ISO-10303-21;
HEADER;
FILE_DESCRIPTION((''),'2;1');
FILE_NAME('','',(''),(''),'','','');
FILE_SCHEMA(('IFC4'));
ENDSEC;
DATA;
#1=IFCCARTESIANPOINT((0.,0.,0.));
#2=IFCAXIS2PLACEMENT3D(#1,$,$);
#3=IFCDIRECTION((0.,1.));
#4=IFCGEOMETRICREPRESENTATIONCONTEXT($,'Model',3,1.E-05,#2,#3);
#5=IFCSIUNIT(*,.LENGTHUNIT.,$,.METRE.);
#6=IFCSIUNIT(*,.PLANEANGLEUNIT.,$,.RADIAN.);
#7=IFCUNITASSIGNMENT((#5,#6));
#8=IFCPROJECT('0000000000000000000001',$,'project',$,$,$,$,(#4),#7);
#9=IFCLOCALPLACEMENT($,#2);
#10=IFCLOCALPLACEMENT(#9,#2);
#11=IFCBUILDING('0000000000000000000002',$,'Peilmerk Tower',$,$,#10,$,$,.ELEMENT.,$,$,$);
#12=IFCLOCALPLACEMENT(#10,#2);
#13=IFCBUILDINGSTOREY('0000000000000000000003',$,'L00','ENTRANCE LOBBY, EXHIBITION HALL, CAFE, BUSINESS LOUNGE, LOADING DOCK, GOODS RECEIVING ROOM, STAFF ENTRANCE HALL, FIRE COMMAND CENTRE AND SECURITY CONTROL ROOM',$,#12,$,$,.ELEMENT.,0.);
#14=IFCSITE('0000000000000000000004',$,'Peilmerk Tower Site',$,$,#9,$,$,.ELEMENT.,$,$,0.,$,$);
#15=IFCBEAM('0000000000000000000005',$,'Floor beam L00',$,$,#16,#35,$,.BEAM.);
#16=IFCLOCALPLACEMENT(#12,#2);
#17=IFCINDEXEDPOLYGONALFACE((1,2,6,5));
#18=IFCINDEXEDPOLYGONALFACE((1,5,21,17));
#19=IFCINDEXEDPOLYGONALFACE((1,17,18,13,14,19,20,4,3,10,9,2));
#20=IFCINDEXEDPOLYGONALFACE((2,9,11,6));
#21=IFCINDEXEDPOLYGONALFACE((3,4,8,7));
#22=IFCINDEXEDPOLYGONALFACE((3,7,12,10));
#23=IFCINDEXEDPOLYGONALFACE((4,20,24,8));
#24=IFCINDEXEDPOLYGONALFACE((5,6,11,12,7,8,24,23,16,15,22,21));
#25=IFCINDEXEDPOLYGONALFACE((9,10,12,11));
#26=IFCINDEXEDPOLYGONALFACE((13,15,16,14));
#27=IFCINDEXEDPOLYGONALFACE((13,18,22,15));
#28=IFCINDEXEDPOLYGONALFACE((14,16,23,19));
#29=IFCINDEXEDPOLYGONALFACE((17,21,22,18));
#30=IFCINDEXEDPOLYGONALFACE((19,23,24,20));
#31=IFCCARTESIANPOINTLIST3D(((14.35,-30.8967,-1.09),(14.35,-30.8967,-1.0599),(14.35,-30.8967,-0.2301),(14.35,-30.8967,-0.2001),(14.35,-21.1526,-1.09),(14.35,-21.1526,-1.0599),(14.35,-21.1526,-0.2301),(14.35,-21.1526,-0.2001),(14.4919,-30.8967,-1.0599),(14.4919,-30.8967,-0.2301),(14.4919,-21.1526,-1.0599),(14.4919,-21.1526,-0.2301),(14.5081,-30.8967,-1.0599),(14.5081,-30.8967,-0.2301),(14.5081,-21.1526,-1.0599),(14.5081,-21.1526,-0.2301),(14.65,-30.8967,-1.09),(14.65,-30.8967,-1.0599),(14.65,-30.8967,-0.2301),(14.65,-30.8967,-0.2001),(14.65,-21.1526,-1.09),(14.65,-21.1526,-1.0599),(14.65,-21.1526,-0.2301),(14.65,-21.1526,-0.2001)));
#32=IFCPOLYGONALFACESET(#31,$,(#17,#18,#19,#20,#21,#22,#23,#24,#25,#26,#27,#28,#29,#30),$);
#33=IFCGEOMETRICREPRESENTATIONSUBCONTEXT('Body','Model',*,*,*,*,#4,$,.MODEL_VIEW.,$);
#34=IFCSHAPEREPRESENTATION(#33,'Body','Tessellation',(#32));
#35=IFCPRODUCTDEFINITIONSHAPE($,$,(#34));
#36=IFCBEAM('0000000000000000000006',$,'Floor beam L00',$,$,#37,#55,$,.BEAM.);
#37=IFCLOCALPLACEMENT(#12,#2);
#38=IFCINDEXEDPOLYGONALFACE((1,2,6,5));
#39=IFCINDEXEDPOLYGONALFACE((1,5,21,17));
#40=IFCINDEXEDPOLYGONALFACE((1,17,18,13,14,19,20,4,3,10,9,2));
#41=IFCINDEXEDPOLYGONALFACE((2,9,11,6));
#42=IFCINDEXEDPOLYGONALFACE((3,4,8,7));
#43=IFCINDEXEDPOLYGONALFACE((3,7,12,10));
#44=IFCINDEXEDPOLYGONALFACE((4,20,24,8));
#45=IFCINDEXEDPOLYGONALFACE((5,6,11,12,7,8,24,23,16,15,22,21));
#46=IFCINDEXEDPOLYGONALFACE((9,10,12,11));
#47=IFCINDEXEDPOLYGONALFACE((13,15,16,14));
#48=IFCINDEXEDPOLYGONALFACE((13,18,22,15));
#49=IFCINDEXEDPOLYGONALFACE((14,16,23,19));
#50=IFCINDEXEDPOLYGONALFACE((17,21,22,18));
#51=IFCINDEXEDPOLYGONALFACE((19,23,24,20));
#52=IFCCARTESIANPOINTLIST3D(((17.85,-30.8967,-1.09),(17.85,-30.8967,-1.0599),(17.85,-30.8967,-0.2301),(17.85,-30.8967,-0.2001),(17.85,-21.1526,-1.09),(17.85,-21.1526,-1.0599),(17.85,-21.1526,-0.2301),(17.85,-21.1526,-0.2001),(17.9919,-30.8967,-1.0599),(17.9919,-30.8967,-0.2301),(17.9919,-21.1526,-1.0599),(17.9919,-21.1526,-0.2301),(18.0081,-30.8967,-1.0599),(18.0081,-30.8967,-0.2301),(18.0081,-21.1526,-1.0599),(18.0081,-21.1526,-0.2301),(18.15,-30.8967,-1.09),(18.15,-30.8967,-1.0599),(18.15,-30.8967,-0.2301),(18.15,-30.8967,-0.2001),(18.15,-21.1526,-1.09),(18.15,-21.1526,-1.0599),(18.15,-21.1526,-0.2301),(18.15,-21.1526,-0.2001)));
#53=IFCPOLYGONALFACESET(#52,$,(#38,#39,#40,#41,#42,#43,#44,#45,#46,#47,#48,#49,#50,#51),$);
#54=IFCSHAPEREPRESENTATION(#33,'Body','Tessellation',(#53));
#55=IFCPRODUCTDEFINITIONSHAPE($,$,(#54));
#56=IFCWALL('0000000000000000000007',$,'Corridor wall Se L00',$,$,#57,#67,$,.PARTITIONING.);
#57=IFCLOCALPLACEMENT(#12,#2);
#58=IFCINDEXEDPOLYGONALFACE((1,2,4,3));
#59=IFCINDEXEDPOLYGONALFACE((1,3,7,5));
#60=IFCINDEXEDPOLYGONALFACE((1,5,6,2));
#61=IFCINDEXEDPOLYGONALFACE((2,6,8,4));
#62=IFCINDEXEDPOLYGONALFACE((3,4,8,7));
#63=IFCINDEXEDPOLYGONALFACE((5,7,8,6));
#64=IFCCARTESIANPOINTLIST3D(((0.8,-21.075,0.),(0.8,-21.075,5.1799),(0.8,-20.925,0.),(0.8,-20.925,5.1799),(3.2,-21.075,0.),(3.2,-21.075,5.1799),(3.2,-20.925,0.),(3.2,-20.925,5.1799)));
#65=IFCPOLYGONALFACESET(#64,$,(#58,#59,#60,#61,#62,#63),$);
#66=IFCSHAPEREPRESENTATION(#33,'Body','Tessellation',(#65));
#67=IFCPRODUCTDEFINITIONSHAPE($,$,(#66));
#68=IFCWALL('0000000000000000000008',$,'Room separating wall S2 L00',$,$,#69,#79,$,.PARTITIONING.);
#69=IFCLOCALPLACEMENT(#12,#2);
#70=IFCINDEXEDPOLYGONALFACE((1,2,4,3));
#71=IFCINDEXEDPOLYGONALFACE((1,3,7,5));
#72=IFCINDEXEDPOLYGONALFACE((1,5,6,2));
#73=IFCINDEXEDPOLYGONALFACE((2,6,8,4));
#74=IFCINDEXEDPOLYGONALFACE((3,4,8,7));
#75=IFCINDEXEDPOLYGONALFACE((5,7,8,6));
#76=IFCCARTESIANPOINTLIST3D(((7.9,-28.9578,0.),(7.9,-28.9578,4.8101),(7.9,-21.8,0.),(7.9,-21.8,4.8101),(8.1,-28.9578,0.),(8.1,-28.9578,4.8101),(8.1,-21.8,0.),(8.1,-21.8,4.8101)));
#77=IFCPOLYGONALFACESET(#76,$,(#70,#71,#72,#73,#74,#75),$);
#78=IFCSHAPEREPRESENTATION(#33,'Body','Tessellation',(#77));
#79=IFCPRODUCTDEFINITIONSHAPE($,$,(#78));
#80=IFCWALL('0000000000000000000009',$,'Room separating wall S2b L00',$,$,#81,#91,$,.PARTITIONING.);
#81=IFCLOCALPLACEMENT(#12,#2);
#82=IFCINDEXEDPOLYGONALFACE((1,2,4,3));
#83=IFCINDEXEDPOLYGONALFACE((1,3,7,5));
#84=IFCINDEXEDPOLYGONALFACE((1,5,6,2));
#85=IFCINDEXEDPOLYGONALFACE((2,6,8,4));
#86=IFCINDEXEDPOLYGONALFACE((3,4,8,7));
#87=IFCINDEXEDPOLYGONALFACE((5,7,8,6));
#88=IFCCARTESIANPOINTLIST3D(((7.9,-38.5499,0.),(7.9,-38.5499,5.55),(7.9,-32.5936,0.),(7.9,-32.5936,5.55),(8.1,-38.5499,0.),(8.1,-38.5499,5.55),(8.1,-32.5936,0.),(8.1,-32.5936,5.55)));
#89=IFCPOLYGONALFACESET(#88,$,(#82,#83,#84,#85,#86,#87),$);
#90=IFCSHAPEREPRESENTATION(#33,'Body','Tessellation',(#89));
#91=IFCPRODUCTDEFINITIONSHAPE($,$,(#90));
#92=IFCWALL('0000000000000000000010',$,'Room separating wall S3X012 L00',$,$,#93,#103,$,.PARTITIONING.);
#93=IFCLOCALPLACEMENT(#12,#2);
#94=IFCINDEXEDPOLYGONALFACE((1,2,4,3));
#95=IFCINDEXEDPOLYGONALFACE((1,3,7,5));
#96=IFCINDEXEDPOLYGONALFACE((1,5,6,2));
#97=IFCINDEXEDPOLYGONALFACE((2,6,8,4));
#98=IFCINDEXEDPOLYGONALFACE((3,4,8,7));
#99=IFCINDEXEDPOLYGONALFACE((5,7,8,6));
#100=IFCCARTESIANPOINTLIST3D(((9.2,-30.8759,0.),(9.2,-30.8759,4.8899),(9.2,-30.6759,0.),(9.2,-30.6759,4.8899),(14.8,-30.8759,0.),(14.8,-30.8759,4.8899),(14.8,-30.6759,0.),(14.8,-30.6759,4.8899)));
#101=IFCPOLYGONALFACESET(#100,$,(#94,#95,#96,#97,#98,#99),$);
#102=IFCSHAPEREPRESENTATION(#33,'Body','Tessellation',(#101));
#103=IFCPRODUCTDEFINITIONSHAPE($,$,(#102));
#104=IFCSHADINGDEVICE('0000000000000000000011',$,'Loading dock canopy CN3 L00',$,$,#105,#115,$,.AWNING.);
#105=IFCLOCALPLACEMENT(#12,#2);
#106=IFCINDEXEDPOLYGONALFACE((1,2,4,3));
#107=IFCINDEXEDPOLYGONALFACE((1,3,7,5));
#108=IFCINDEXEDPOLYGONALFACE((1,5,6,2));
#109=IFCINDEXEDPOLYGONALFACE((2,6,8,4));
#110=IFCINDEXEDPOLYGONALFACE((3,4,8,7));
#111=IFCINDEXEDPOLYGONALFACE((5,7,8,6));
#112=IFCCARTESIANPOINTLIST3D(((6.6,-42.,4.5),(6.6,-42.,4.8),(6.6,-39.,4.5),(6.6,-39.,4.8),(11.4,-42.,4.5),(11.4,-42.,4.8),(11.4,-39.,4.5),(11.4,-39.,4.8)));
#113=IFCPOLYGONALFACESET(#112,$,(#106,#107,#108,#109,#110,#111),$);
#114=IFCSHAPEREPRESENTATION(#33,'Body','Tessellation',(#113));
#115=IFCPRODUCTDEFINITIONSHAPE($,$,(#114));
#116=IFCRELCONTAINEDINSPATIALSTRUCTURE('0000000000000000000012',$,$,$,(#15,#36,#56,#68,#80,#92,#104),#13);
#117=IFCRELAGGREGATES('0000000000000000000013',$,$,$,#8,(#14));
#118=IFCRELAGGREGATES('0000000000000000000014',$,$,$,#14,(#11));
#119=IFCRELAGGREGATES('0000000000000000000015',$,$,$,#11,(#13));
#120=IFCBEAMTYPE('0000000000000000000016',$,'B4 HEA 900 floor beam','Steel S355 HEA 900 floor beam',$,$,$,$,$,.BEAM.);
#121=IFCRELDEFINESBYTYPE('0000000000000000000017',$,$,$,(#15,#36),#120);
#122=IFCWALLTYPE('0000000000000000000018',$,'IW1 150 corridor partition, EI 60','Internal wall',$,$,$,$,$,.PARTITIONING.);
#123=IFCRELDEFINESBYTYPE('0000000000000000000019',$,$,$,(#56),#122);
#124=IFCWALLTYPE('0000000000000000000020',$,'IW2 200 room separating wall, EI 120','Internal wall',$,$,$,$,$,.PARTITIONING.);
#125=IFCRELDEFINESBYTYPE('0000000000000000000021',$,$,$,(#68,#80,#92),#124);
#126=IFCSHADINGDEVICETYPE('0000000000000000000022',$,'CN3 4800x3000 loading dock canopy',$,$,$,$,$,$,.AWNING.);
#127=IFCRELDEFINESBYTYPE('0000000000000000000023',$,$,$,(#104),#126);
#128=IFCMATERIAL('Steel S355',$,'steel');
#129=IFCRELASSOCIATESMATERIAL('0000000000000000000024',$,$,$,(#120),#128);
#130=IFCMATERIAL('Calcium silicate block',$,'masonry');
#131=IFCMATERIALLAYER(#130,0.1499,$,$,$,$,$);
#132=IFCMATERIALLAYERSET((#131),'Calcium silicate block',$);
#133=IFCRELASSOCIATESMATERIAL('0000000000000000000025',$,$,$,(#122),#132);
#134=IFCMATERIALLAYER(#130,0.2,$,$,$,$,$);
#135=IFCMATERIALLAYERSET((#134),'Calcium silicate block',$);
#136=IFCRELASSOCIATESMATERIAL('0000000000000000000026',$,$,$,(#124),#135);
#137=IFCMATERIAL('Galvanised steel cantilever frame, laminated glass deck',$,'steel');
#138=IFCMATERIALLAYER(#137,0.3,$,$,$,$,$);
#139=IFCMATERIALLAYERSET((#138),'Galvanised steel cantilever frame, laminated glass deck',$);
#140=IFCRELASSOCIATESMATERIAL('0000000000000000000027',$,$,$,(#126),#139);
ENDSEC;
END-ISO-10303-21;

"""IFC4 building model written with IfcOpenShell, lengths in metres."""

from ifc_helpers import new_model, si_unit, direction, frame, frame_2d, origin, origin_2d, place, context, subcontext, project, spatial, rectangle, i_section, extrude, material, layer, layer_set, material_profile, profile_set, type_object, element, save


model = new_model("IFC4")

# Units and contexts
model_context = context("Model", 3, precision=1e-05, world=origin(), true_north=direction((0.0, 1.0)))
body_context = subcontext(model_context, "Body", "Model", "MODEL_VIEW")
ifc_project = project(units=[si_unit("LENGTHUNIT", "METRE"), si_unit("PLANEANGLEUNIT", "RADIAN")], contexts=[model_context])

# Site, building, storey
site_placement = place(None, origin())
site = spatial("IfcSite", under=ifc_project, at=site_placement, Name="Peilmerk Tower Site", CompositionType="ELEMENT", RefElevation=0.0)
building_placement = place(site_placement, origin())
building = spatial("IfcBuilding", under=site, at=building_placement, Name="Peilmerk Tower", CompositionType="ELEMENT")
storey_placement = place(building_placement, origin())
storey = spatial("IfcBuildingStorey", under=building, at=storey_placement, Name="L00", Description="ENTRANCE LOBBY, EXHIBITION HALL, CAFE, BUSINESS LOUNGE, LOADING DOCK, GOODS RECEIVING ROOM, STAFF ENTRANCE HALL, FIRE COMMAND CENTRE AND SECURITY CONTROL ROOM", CompositionType="ELEMENT", Elevation=0.0)

# Beams
ifc_material_1 = material(Name="Steel S355", Category="steel")
ifc_material_profile_1 = material_profile(ifc_material_1, i_section(OverallWidth=0.3, OverallDepth=0.8899, WebThickness=0.0161, FlangeThickness=0.03, at=origin_2d()), Name="HEA 900")
ifc_profile_set_1 = profile_set([ifc_material_profile_1], Name="Steel S355")
beam_type_1 = type_object("IfcBeamType", Name="B4 HEA 900 floor beam", Description="Steel S355 HEA 900 floor beam", PredefinedType="BEAM", material=ifc_profile_set_1)
for number, where, z_axis, x_axis, name in (
    (1, (14.5, -21.1526, -0.645), (0.0, -1.0, 0.0), (1.0, 0.0, 0.0), "Floor beam L00"),
    (2, (18.0, -21.1526, -0.645), (0.0, -1.0, 0.0), (1.0, 0.0, 0.0), "Floor beam L00"),
):
    element("IfcBeam", number, at=place(storey_placement, frame(where, z_axis=z_axis, x_axis=x_axis)), inside=storey, type_object=beam_type_1, Name=name, PredefinedType="BEAM", context=body_context, shape_type="SweptSolid", body=[
        extrude(i_section(OverallWidth=0.3, OverallDepth=0.8899, WebThickness=0.0161, FlangeThickness=0.03, at=origin_2d()), origin(), (0.0, 0.0, 1.0), 9.7441),
    ])

# Walls
ifc_material_2 = material(Name="Calcium silicate block", Category="masonry")
ifc_layer_1 = layer(ifc_material_2, 0.1499)
ifc_layer_set_1 = layer_set([ifc_layer_1], Name="Calcium silicate block")
wall_type_1 = type_object("IfcWallType", Name="IW1 150 corridor partition, EI 60", Description="Internal wall", PredefinedType="PARTITIONING", material=ifc_layer_set_1)
wall_1_placement = place(storey_placement, frame((3.2, -21.0, 0.0), z_axis=(0.0, 0.0, 1.0), x_axis=(-1.0, 0.0, 0.0)))
element("IfcWall", 3, at=wall_1_placement, inside=storey, type_object=wall_type_1, Name="Corridor wall Se L00", PredefinedType="PARTITIONING", context=body_context, shape_type="SweptSolid", body=[
    extrude(rectangle(XDim=2.3999, YDim=0.1499, at=frame_2d((1.2, 0.0))), origin(), (0.0, 0.0, 1.0), 5.1799),
])
ifc_layer_2 = layer(ifc_material_2, 0.2)
ifc_layer_set_2 = layer_set([ifc_layer_2], Name="Calcium silicate block")
wall_type_2 = type_object("IfcWallType", Name="IW2 200 room separating wall, EI 120", Description="Internal wall", PredefinedType="PARTITIONING", material=ifc_layer_set_2)
wall_2_placement = place(storey_placement, frame((8.0, -21.8, 0.0), z_axis=(0.0, 0.0, 1.0), x_axis=(0.0, -1.0, 0.0)))
element("IfcWall", 4, at=wall_2_placement, inside=storey, type_object=wall_type_2, Name="Room separating wall S2 L00", PredefinedType="PARTITIONING", context=body_context, shape_type="SweptSolid", body=[
    extrude(rectangle(XDim=7.1577, YDim=0.2, at=frame_2d((3.5789, 0.0))), origin(), (0.0, 0.0, 1.0), 4.8101),
])
wall_3_placement = place(storey_placement, frame((8.0, -32.5938, 0.0), z_axis=(0.0, 0.0, 1.0), x_axis=(0.0, -1.0, 0.0)))
element("IfcWall", 5, at=wall_3_placement, inside=storey, type_object=wall_type_2, Name="Room separating wall S2b L00", PredefinedType="PARTITIONING", context=body_context, shape_type="SweptSolid", body=[
    extrude(rectangle(XDim=5.9563, YDim=0.2, at=frame_2d((2.978, 0.0))), origin(), (0.0, 0.0, 1.0), 5.55),
])
wall_4_placement = place(storey_placement, frame((14.8, -30.7759, 0.0), z_axis=(0.0, 0.0, 1.0), x_axis=(-1.0, 0.0, 0.0)))
element("IfcWall", 6, at=wall_4_placement, inside=storey, type_object=wall_type_2, Name="Room separating wall S3X012 L00", PredefinedType="PARTITIONING", context=body_context, shape_type="SweptSolid", body=[
    extrude(rectangle(XDim=5.6001, YDim=0.2, at=frame_2d((2.8, 0.0))), origin(), (0.0, 0.0, 1.0), 4.8899),
])

# Shading device
ifc_material_3 = material(Name="Galvanised steel cantilever frame, laminated glass deck", Category="steel")
ifc_layer_3 = layer(ifc_material_3, 0.3)
ifc_layer_set_3 = layer_set([ifc_layer_3], Name="Galvanised steel cantilever frame, laminated glass deck")
shading_device_type = type_object("IfcShadingDeviceType", Name="CN3 4800x3000 loading dock canopy", PredefinedType="AWNING", material=ifc_layer_set_3)
shading_device_placement = place(storey_placement, frame((9.0, -40.5, 4.5), z_axis=(0.0, 0.0, 1.0), x_axis=(-1.0, 0.0, 0.0)))
element("IfcShadingDevice", 7, at=shading_device_placement, inside=storey, type_object=shading_device_type, Name="Loading dock canopy CN3 L00", PredefinedType="AWNING", context=body_context, shape_type="SweptSolid", body=[
    extrude(rectangle(XDim=4.8, YDim=3.0, at=origin_2d()), origin(), (0.0, 0.0, 1.0), 0.3),
])

save(model, "model.ifc")
